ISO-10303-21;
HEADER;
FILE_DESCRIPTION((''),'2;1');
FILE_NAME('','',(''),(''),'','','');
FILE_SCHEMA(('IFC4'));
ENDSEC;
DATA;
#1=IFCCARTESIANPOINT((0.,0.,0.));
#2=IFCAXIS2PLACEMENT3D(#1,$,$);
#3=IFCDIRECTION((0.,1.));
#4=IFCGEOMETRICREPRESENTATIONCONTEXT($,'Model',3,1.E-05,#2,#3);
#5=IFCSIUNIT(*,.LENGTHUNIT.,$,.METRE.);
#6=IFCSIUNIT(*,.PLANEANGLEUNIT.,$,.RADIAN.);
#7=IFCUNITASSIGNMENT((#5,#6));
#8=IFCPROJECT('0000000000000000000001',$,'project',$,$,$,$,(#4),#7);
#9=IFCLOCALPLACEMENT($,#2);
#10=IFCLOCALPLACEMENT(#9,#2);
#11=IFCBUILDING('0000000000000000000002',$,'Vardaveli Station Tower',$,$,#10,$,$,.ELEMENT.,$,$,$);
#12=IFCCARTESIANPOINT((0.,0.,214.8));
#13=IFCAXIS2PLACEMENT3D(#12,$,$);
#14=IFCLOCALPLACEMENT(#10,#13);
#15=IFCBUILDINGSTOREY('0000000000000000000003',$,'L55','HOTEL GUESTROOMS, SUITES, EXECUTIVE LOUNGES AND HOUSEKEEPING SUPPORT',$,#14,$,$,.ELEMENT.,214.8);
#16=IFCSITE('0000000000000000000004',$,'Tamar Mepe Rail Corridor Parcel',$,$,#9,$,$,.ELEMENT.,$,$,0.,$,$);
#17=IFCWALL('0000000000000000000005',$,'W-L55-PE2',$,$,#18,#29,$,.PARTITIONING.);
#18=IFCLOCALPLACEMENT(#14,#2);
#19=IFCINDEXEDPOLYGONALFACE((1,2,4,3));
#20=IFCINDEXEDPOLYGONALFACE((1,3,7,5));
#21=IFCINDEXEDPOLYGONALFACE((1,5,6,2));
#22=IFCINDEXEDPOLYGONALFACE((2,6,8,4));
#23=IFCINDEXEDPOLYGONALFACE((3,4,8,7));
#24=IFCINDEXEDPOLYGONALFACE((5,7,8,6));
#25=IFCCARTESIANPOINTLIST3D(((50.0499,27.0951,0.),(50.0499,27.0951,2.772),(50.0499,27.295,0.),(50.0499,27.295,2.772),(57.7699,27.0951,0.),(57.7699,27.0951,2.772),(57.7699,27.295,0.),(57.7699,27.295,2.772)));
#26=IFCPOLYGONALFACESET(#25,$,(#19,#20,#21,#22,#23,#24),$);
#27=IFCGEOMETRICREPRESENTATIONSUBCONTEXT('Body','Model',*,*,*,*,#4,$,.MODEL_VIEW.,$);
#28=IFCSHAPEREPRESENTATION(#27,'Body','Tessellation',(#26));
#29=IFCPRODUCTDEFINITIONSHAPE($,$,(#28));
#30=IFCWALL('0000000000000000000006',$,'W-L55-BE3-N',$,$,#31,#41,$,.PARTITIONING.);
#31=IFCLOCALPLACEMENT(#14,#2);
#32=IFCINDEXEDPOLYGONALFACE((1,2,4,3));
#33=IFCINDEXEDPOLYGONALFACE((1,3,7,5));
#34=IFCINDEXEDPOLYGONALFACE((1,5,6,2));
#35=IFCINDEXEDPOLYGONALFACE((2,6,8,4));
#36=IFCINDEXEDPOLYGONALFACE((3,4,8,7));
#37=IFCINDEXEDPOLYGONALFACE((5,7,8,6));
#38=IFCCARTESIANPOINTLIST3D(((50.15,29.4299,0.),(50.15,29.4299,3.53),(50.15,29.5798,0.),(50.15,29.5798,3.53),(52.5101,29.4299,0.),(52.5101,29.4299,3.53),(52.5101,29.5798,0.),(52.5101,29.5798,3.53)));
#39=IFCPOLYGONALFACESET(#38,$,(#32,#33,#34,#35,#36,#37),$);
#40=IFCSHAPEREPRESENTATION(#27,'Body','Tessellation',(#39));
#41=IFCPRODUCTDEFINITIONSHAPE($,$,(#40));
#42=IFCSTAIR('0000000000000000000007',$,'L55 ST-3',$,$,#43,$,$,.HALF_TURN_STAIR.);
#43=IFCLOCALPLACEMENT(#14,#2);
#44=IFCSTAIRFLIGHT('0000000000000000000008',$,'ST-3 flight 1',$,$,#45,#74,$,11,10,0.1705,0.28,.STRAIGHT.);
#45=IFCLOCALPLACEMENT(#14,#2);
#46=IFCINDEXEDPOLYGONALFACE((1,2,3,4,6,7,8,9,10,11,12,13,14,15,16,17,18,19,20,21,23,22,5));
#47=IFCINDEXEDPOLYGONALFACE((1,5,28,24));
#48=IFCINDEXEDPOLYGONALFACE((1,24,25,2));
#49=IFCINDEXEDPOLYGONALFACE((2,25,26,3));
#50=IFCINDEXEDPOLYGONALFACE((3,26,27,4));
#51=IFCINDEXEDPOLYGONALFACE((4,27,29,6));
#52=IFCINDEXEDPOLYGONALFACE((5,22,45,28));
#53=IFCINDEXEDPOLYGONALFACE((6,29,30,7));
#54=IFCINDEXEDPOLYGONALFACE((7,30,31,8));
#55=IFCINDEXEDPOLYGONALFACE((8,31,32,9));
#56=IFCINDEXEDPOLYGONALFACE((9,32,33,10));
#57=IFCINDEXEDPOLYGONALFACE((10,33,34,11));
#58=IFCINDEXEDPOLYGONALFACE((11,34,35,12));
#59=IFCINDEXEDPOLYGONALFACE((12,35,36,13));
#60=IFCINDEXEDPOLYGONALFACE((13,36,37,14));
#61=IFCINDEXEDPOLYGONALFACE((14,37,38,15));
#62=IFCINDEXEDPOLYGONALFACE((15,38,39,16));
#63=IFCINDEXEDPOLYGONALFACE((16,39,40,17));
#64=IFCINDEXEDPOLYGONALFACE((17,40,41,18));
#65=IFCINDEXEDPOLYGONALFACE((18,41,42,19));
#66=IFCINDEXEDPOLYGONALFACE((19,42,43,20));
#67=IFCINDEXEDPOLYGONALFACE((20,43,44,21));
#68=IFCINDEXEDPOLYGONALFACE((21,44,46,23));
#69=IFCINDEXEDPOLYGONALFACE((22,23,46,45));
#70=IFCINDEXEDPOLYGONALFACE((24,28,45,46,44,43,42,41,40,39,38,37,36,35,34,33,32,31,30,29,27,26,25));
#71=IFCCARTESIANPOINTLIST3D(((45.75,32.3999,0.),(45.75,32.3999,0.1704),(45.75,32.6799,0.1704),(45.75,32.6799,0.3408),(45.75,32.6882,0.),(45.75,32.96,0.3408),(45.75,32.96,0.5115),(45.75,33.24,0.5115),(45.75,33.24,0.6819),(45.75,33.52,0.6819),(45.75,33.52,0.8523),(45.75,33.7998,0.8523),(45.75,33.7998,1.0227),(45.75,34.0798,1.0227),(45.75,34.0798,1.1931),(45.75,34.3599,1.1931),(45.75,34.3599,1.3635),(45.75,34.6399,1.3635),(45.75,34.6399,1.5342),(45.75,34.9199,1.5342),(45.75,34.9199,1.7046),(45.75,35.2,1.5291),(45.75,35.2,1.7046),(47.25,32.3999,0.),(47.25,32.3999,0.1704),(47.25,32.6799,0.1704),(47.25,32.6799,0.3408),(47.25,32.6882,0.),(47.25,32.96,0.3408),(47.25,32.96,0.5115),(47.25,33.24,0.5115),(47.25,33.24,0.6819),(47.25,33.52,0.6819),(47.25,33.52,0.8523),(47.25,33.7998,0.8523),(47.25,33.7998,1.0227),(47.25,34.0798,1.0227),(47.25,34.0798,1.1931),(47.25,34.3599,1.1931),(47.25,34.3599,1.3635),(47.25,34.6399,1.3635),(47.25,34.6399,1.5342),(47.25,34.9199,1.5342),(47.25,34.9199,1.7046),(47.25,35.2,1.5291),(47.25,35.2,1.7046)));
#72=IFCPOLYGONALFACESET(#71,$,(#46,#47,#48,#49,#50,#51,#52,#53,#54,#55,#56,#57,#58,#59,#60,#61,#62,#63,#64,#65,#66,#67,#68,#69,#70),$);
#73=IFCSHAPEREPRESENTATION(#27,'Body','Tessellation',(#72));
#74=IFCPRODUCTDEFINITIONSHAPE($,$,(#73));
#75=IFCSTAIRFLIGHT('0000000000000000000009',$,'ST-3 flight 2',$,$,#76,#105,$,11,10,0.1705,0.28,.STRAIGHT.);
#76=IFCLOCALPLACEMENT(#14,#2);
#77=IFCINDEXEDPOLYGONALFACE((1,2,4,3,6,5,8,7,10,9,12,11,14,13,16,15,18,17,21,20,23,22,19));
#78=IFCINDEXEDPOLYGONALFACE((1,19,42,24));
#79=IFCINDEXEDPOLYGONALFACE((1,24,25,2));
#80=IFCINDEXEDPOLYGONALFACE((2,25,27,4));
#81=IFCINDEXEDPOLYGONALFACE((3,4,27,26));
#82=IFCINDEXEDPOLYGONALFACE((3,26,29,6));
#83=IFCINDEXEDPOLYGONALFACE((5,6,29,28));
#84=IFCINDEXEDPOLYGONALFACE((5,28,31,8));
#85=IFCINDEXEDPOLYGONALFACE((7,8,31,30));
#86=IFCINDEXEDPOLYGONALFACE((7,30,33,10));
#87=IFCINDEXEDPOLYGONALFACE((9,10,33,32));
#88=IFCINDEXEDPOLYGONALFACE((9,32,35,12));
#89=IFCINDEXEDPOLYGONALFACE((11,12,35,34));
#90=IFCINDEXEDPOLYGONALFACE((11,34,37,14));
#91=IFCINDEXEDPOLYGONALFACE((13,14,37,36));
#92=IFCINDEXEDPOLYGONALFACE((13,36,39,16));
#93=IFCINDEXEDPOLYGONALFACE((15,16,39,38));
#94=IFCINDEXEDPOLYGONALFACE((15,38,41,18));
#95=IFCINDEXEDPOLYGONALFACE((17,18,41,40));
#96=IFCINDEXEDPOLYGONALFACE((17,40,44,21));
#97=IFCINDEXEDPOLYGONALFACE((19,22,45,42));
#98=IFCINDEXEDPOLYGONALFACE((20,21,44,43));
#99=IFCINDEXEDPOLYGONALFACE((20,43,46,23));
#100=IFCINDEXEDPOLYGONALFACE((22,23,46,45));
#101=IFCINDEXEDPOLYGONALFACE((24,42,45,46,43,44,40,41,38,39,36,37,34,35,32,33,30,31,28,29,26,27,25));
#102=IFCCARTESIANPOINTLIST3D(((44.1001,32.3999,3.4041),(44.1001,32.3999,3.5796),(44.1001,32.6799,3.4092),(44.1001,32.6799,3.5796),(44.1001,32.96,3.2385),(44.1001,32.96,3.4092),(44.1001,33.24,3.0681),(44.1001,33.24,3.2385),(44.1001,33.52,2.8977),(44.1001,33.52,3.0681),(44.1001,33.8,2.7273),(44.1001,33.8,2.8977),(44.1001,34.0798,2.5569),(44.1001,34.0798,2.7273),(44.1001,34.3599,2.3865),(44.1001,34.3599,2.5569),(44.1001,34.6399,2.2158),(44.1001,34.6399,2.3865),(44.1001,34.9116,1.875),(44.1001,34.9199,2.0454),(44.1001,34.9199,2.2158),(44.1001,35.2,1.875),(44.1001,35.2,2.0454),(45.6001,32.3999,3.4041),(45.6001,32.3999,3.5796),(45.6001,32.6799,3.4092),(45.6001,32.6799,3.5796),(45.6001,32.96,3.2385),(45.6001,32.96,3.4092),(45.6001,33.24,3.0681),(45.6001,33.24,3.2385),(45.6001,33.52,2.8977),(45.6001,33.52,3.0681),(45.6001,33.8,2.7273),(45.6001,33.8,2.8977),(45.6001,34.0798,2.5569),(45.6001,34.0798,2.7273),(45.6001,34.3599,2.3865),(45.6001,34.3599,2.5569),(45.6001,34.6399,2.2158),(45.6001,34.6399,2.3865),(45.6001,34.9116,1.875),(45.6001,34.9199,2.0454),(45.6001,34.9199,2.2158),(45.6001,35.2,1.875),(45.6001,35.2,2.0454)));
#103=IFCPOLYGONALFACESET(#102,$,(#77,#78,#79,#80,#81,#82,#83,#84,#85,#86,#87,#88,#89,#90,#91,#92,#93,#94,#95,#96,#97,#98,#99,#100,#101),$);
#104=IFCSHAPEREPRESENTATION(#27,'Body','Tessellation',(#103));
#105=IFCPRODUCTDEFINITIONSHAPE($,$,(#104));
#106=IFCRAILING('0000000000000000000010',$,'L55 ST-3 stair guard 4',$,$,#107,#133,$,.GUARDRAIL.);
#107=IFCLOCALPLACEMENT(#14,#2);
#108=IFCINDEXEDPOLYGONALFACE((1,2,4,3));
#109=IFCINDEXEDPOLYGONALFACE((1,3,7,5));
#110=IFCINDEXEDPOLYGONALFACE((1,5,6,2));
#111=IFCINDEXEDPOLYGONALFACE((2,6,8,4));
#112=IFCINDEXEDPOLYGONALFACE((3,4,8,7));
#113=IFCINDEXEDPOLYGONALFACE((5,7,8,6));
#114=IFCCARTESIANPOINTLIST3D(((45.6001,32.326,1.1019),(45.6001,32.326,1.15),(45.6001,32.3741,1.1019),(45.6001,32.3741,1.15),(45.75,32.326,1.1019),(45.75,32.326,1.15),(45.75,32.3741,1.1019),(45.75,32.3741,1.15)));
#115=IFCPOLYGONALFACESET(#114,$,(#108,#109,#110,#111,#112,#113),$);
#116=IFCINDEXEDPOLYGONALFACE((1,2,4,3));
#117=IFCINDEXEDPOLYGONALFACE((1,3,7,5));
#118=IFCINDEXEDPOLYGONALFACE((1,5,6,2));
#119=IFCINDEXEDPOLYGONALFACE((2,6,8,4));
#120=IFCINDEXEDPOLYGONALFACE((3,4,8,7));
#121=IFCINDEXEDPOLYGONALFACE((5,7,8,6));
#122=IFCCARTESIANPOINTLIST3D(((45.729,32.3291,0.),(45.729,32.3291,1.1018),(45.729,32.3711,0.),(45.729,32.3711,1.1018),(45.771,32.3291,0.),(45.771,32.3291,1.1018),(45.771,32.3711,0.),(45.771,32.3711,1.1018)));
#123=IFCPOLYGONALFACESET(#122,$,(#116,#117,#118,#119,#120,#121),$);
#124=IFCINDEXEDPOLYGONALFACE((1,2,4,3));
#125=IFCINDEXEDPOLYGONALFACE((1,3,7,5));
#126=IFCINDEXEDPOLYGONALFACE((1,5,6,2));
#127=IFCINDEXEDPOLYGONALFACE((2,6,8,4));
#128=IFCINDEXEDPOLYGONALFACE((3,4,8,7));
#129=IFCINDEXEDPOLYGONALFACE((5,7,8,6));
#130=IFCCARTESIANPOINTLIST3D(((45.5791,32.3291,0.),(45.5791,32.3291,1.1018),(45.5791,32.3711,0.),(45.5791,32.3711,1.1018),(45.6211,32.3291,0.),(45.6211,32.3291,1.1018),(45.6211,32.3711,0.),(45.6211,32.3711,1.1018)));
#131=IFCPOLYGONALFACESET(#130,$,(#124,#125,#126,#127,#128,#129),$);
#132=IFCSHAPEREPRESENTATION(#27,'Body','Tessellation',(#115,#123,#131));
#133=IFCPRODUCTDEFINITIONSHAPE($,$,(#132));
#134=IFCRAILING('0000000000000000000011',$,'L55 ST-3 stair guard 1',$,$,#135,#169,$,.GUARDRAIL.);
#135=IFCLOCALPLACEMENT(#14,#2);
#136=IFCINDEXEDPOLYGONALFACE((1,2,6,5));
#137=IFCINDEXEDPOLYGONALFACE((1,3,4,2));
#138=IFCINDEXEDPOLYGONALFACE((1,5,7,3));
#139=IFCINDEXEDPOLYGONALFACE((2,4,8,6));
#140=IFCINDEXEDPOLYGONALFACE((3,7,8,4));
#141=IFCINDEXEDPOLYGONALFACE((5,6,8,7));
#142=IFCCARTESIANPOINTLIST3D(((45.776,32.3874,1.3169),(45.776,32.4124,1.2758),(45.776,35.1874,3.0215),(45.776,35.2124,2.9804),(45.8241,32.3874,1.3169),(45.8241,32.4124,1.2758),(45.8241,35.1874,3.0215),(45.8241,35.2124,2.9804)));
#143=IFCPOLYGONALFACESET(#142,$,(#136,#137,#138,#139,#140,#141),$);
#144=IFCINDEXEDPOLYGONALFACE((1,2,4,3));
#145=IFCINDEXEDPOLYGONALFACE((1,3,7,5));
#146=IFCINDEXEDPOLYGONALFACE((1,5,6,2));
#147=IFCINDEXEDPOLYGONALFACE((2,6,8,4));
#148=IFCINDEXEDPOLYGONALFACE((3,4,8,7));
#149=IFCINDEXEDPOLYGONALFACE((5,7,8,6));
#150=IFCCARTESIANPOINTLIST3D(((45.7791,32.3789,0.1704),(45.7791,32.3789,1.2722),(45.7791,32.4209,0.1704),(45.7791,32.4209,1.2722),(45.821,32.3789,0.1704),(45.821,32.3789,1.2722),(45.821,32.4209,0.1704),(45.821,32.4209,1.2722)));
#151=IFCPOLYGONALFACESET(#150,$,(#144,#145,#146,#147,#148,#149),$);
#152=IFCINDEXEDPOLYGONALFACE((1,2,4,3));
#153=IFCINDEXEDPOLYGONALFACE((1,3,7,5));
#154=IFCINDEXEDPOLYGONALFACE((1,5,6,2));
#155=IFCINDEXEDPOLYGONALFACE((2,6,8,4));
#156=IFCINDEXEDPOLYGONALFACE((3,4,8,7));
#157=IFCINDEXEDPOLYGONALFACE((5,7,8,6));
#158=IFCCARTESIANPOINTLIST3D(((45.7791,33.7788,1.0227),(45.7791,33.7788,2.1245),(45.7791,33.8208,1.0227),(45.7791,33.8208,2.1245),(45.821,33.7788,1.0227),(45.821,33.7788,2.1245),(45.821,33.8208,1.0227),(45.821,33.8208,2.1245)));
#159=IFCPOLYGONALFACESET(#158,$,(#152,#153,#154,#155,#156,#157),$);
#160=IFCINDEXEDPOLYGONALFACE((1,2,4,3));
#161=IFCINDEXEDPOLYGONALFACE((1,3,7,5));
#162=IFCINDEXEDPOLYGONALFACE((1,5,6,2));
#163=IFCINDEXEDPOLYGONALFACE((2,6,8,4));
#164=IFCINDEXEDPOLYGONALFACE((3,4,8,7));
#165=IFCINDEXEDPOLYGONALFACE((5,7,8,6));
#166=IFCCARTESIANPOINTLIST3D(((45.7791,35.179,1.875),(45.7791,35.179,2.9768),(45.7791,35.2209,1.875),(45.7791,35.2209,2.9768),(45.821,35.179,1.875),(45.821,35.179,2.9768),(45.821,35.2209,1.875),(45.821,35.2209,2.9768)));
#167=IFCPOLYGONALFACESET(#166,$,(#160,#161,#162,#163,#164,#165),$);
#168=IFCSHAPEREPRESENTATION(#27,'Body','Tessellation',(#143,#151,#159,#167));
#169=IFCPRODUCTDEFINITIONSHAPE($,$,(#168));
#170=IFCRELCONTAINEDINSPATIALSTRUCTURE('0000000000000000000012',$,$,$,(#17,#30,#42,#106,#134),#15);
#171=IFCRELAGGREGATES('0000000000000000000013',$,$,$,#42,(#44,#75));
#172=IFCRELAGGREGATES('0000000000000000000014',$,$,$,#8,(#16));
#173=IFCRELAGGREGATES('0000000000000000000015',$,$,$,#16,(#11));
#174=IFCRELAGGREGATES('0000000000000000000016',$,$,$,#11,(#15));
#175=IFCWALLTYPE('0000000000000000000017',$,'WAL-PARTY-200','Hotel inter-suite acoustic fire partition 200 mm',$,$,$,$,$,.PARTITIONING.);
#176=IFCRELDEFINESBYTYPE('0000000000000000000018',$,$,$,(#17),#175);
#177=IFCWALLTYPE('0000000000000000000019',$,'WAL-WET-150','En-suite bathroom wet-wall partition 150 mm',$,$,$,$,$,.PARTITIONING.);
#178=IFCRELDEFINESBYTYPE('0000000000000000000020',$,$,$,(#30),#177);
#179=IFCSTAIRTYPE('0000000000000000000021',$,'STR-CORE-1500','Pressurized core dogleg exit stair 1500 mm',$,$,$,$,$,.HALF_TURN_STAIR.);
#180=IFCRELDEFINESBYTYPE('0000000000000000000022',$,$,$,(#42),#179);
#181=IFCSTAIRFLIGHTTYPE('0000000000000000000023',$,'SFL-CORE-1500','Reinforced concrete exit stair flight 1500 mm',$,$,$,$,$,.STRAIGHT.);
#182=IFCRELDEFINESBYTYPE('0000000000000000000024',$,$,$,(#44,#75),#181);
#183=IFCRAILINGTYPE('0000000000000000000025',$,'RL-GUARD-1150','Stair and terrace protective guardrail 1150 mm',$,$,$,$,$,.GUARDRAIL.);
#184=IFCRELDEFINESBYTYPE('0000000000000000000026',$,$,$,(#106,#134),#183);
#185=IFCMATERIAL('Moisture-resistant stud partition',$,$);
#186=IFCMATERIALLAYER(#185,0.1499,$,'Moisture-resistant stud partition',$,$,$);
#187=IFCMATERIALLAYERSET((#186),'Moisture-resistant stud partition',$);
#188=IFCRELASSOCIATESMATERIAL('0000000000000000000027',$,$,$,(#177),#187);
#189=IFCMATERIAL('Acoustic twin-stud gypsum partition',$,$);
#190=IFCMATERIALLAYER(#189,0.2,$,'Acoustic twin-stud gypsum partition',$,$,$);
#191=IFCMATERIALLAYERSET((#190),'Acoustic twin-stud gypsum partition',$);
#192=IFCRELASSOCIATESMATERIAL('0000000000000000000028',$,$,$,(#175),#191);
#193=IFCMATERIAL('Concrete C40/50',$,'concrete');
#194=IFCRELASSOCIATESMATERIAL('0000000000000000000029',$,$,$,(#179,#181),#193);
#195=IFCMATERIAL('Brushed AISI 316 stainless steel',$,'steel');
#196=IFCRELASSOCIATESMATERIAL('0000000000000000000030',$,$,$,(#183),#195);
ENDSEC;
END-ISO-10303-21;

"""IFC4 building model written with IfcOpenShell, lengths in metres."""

from ifc_helpers import new_model, si_unit, direction, frame, frame_2d, origin, origin_2d, place, context, subcontext, project, spatial, polyline, rectangle, outline, extrude, source, transform, mapped, material, layer, layer_set, type_object, element, aggregate, save


model = new_model("IFC4")

# Units and contexts
model_context = context("Model", 3, precision=1e-05, world=origin(), true_north=direction((0.0, 1.0)))
body_context = subcontext(model_context, "Body", "Model", "MODEL_VIEW")
ifc_project = project(units=[si_unit("LENGTHUNIT", "METRE"), si_unit("PLANEANGLEUNIT", "RADIAN")], contexts=[model_context])

# Site, building, storey
site_placement = place(None, origin())
site = spatial("IfcSite", under=ifc_project, at=site_placement, Name="Tamar Mepe Rail Corridor Parcel", CompositionType="ELEMENT", RefElevation=0.0)
building_placement = place(site_placement, origin())
building = spatial("IfcBuilding", under=site, at=building_placement, Name="Vardaveli Station Tower", CompositionType="ELEMENT")
storey_placement = place(building_placement, frame((0.0, 0.0, 214.8)))
storey = spatial("IfcBuildingStorey", under=building, at=storey_placement, Name="L55", Description="HOTEL GUESTROOMS, SUITES, EXECUTIVE LOUNGES AND HOUSEKEEPING SUPPORT", CompositionType="ELEMENT", Elevation=214.8)

# Shared definitions
ifc_material_1 = material(Name="Concrete C40/50", Category="concrete")

# Shared definitions
ifc_material_2 = material(Name="Moisture-resistant stud partition")
ifc_layer_1 = layer(ifc_material_2, 0.1499, Name="Moisture-resistant stud partition")
ifc_layer_set_1 = layer_set([ifc_layer_1], Name="Moisture-resistant stud partition")
wall_type_1 = type_object("IfcWallType", Name="WAL-WET-150", Description="En-suite bathroom wet-wall partition 150 mm", PredefinedType="PARTITIONING", material=ifc_layer_set_1)

# Walls
ifc_material_3 = material(Name="Acoustic twin-stud gypsum partition")
ifc_layer_2 = layer(ifc_material_3, 0.2, Name="Acoustic twin-stud gypsum partition")
ifc_layer_set_2 = layer_set([ifc_layer_2], Name="Acoustic twin-stud gypsum partition")
wall_type_2 = type_object("IfcWallType", Name="WAL-PARTY-200", Description="Hotel inter-suite acoustic fire partition 200 mm", PredefinedType="PARTITIONING", material=ifc_layer_set_2)
shared_shape_1 = source(origin(), body_context, "Body", "SweptSolid", [
    extrude(rectangle(XDim=7.72, YDim=0.2, at=frame_2d((3.8599, 0.0))), origin(), (0.0, 0.0, 1.0), 2.772),
])
wall_1_placement = place(storey_placement, frame((50.05, 27.1951, 0.0), z_axis=(0.0, 0.0, 1.0), x_axis=(1.0, 0.0, 0.0)))
element("IfcWall", 1, at=wall_1_placement, inside=storey, type_object=wall_type_2, Name="W-L55-PE2", PredefinedType="PARTITIONING", context=body_context, shape_type="MappedRepresentation", body=[
    mapped(shared_shape_1, transform((0.0, 0.0, 0.0), scale=1.0)),
])
shared_shape_2 = source(origin(), body_context, "Body", "SweptSolid", [
    extrude(rectangle(XDim=2.3601, YDim=0.1499, at=frame_2d((1.1802, 0.0))), origin(), (0.0, 0.0, 1.0), 3.53),
])
wall_2_placement = place(storey_placement, frame((50.1499, 29.5049, 0.0), z_axis=(0.0, 0.0, 1.0), x_axis=(1.0, 0.0, 0.0)))
element("IfcWall", 2, at=wall_2_placement, inside=storey, type_object=wall_type_1, Name="W-L55-BE3-N", PredefinedType="PARTITIONING", context=body_context, shape_type="MappedRepresentation", body=[
    mapped(shared_shape_2, transform((0.0, 0.0, 0.0), scale=1.0)),
])

# Stair, stair flights
stair_type = type_object("IfcStairType", Name="STR-CORE-1500", Description="Pressurized core dogleg exit stair 1500 mm", PredefinedType="HALF_TURN_STAIR", material=ifc_material_1)
stair_placement = place(storey_placement, origin())
stair = element("IfcStair", 3, at=stair_placement, inside=storey, type_object=stair_type, Name="L55 ST-3", PredefinedType="HALF_TURN_STAIR")
stair_flight_type = type_object("IfcStairFlightType", Name="SFL-CORE-1500", Description="Reinforced concrete exit stair flight 1500 mm", PredefinedType="STRAIGHT", material=ifc_material_1)
shared_shape_3 = source(origin(), body_context, "Body", "SweptSolid", [
    extrude(outline(polyline([(0.0, 0.0), (0.0, 0.1704), (0.28, 0.1704), (0.28, 0.3408), (0.5601, 0.3408), (0.5601, 0.5115), (0.8401, 0.5115), (0.8401, 0.6819), (1.1201, 0.6819), (1.1201, 0.8523), (1.3999, 0.8523), (1.3999, 1.0227), (1.6799, 1.0227), (1.6799, 1.1931), (1.96, 1.1931), (1.96, 1.3635), (2.24, 1.3635), (2.24, 1.5342), (2.52, 1.5342), (2.52, 1.7046), (2.8, 1.7046), (2.8, 1.875), (2.8, 1.5291), (0.2883, 0.0), (0.0, 0.0)])), frame((0.0, 0.75, 0.0), z_axis=(0.0, -1.0, 0.0), x_axis=(1.0, 0.0, 0.0)), (0.0, 0.0, 1.0), 1.5),
])
stair_flight_1_placement = place(storey_placement, frame((46.5, 32.3999, 0.0), z_axis=(0.0, 0.0, 1.0), x_axis=(0.0, 1.0, 0.0)))
stair_flight_1 = element("IfcStairFlight", 4, at=stair_flight_1_placement, type_object=stair_flight_type, Name="ST-3 flight 1", NumberOfRisers=11, NumberOfTreads=10, PredefinedType="STRAIGHT", RiserHeight=0.1705, TreadLength=0.28, context=body_context, shape_type="MappedRepresentation", body=[
    mapped(shared_shape_3, transform((0.0, 0.0, 0.0), scale=1.0)),
])
stair_flight_2_placement = place(storey_placement, frame((44.8501, 35.2, 1.875), z_axis=(0.0, 0.0, 1.0), x_axis=(0.0, -1.0, 0.0)))
stair_flight_2 = element("IfcStairFlight", 5, at=stair_flight_2_placement, type_object=stair_flight_type, Name="ST-3 flight 2", NumberOfRisers=11, NumberOfTreads=10, PredefinedType="STRAIGHT", RiserHeight=0.1705, TreadLength=0.28, context=body_context, shape_type="MappedRepresentation", body=[
    mapped(shared_shape_3, transform((0.0, 0.0, 0.0), scale=1.0)),
])
aggregate(stair, [stair_flight_1, stair_flight_2])

# Railings
ifc_material_4 = material(Name="Brushed AISI 316 stainless steel", Category="steel")
railing_type_1 = type_object("IfcRailingType", Name="RL-GUARD-1150", Description="Stair and terrace protective guardrail 1150 mm", PredefinedType="GUARDRAIL", material=ifc_material_4)
shared_shape_4 = source(origin(), body_context, "Body", "SweptSolid", [
    extrude(rectangle(XDim=0.0481, YDim=0.0481, at=origin_2d()), frame((0.0, 0.0, 1.126), z_axis=(-1.0, 0.0, 0.0), x_axis=(0.0, -1.0, 0.0)), (0.0, 0.0, 1.0), 0.1499),
    extrude(rectangle(XDim=0.042, YDim=0.042, at=origin_2d()), origin(), (0.0, 0.0, 1.0), 1.1018),
    extrude(rectangle(XDim=0.042, YDim=0.042, at=origin_2d()), frame((-0.1499, 0.0, 0.0)), (0.0, 0.0, 1.0), 1.1018),
])
railing_1_placement = place(storey_placement, frame((45.75, 32.3501, 0.0)))
element("IfcRailing", 6, at=railing_1_placement, inside=storey, type_object=railing_type_1, Name="L55 ST-3 stair guard 4", PredefinedType="GUARDRAIL", context=body_context, shape_type="MappedRepresentation", body=[
    mapped(shared_shape_4, transform((0.0, 0.0, 0.0), scale=1.0)),
])
shared_shape_5 = source(origin(), body_context, "Body", "SweptSolid", [
    extrude(rectangle(XDim=0.0481, YDim=0.0481, at=origin_2d()), frame((0.0, 0.0, 1.126), z_axis=(0.0, 0.85417, 0.519994), x_axis=(-1.0, 0.0, 0.0)), (0.0, 0.0, 1.0), 3.2781),
    extrude(rectangle(XDim=0.042, YDim=0.042, at=origin_2d()), origin(), (0.0, 0.0, 1.0), 1.1018),
    extrude(rectangle(XDim=0.042, YDim=0.042, at=origin_2d()), frame((0.0, 1.3999, 0.8523)), (0.0, 0.0, 1.0), 1.1018),
    extrude(rectangle(XDim=0.042, YDim=0.042, at=origin_2d()), frame((0.0, 2.8, 1.7046)), (0.0, 0.0, 1.0), 1.1018),
])
railing_2_placement = place(storey_placement, frame((45.8, 32.3999, 0.1704)))
element("IfcRailing", 7, at=railing_2_placement, inside=storey, type_object=railing_type_1, Name="L55 ST-3 stair guard 1", PredefinedType="GUARDRAIL", context=body_context, shape_type="MappedRepresentation", body=[
    mapped(shared_shape_5, transform((0.0, 0.0, 0.0), scale=1.0)),
])

save(model, "model.ifc")
